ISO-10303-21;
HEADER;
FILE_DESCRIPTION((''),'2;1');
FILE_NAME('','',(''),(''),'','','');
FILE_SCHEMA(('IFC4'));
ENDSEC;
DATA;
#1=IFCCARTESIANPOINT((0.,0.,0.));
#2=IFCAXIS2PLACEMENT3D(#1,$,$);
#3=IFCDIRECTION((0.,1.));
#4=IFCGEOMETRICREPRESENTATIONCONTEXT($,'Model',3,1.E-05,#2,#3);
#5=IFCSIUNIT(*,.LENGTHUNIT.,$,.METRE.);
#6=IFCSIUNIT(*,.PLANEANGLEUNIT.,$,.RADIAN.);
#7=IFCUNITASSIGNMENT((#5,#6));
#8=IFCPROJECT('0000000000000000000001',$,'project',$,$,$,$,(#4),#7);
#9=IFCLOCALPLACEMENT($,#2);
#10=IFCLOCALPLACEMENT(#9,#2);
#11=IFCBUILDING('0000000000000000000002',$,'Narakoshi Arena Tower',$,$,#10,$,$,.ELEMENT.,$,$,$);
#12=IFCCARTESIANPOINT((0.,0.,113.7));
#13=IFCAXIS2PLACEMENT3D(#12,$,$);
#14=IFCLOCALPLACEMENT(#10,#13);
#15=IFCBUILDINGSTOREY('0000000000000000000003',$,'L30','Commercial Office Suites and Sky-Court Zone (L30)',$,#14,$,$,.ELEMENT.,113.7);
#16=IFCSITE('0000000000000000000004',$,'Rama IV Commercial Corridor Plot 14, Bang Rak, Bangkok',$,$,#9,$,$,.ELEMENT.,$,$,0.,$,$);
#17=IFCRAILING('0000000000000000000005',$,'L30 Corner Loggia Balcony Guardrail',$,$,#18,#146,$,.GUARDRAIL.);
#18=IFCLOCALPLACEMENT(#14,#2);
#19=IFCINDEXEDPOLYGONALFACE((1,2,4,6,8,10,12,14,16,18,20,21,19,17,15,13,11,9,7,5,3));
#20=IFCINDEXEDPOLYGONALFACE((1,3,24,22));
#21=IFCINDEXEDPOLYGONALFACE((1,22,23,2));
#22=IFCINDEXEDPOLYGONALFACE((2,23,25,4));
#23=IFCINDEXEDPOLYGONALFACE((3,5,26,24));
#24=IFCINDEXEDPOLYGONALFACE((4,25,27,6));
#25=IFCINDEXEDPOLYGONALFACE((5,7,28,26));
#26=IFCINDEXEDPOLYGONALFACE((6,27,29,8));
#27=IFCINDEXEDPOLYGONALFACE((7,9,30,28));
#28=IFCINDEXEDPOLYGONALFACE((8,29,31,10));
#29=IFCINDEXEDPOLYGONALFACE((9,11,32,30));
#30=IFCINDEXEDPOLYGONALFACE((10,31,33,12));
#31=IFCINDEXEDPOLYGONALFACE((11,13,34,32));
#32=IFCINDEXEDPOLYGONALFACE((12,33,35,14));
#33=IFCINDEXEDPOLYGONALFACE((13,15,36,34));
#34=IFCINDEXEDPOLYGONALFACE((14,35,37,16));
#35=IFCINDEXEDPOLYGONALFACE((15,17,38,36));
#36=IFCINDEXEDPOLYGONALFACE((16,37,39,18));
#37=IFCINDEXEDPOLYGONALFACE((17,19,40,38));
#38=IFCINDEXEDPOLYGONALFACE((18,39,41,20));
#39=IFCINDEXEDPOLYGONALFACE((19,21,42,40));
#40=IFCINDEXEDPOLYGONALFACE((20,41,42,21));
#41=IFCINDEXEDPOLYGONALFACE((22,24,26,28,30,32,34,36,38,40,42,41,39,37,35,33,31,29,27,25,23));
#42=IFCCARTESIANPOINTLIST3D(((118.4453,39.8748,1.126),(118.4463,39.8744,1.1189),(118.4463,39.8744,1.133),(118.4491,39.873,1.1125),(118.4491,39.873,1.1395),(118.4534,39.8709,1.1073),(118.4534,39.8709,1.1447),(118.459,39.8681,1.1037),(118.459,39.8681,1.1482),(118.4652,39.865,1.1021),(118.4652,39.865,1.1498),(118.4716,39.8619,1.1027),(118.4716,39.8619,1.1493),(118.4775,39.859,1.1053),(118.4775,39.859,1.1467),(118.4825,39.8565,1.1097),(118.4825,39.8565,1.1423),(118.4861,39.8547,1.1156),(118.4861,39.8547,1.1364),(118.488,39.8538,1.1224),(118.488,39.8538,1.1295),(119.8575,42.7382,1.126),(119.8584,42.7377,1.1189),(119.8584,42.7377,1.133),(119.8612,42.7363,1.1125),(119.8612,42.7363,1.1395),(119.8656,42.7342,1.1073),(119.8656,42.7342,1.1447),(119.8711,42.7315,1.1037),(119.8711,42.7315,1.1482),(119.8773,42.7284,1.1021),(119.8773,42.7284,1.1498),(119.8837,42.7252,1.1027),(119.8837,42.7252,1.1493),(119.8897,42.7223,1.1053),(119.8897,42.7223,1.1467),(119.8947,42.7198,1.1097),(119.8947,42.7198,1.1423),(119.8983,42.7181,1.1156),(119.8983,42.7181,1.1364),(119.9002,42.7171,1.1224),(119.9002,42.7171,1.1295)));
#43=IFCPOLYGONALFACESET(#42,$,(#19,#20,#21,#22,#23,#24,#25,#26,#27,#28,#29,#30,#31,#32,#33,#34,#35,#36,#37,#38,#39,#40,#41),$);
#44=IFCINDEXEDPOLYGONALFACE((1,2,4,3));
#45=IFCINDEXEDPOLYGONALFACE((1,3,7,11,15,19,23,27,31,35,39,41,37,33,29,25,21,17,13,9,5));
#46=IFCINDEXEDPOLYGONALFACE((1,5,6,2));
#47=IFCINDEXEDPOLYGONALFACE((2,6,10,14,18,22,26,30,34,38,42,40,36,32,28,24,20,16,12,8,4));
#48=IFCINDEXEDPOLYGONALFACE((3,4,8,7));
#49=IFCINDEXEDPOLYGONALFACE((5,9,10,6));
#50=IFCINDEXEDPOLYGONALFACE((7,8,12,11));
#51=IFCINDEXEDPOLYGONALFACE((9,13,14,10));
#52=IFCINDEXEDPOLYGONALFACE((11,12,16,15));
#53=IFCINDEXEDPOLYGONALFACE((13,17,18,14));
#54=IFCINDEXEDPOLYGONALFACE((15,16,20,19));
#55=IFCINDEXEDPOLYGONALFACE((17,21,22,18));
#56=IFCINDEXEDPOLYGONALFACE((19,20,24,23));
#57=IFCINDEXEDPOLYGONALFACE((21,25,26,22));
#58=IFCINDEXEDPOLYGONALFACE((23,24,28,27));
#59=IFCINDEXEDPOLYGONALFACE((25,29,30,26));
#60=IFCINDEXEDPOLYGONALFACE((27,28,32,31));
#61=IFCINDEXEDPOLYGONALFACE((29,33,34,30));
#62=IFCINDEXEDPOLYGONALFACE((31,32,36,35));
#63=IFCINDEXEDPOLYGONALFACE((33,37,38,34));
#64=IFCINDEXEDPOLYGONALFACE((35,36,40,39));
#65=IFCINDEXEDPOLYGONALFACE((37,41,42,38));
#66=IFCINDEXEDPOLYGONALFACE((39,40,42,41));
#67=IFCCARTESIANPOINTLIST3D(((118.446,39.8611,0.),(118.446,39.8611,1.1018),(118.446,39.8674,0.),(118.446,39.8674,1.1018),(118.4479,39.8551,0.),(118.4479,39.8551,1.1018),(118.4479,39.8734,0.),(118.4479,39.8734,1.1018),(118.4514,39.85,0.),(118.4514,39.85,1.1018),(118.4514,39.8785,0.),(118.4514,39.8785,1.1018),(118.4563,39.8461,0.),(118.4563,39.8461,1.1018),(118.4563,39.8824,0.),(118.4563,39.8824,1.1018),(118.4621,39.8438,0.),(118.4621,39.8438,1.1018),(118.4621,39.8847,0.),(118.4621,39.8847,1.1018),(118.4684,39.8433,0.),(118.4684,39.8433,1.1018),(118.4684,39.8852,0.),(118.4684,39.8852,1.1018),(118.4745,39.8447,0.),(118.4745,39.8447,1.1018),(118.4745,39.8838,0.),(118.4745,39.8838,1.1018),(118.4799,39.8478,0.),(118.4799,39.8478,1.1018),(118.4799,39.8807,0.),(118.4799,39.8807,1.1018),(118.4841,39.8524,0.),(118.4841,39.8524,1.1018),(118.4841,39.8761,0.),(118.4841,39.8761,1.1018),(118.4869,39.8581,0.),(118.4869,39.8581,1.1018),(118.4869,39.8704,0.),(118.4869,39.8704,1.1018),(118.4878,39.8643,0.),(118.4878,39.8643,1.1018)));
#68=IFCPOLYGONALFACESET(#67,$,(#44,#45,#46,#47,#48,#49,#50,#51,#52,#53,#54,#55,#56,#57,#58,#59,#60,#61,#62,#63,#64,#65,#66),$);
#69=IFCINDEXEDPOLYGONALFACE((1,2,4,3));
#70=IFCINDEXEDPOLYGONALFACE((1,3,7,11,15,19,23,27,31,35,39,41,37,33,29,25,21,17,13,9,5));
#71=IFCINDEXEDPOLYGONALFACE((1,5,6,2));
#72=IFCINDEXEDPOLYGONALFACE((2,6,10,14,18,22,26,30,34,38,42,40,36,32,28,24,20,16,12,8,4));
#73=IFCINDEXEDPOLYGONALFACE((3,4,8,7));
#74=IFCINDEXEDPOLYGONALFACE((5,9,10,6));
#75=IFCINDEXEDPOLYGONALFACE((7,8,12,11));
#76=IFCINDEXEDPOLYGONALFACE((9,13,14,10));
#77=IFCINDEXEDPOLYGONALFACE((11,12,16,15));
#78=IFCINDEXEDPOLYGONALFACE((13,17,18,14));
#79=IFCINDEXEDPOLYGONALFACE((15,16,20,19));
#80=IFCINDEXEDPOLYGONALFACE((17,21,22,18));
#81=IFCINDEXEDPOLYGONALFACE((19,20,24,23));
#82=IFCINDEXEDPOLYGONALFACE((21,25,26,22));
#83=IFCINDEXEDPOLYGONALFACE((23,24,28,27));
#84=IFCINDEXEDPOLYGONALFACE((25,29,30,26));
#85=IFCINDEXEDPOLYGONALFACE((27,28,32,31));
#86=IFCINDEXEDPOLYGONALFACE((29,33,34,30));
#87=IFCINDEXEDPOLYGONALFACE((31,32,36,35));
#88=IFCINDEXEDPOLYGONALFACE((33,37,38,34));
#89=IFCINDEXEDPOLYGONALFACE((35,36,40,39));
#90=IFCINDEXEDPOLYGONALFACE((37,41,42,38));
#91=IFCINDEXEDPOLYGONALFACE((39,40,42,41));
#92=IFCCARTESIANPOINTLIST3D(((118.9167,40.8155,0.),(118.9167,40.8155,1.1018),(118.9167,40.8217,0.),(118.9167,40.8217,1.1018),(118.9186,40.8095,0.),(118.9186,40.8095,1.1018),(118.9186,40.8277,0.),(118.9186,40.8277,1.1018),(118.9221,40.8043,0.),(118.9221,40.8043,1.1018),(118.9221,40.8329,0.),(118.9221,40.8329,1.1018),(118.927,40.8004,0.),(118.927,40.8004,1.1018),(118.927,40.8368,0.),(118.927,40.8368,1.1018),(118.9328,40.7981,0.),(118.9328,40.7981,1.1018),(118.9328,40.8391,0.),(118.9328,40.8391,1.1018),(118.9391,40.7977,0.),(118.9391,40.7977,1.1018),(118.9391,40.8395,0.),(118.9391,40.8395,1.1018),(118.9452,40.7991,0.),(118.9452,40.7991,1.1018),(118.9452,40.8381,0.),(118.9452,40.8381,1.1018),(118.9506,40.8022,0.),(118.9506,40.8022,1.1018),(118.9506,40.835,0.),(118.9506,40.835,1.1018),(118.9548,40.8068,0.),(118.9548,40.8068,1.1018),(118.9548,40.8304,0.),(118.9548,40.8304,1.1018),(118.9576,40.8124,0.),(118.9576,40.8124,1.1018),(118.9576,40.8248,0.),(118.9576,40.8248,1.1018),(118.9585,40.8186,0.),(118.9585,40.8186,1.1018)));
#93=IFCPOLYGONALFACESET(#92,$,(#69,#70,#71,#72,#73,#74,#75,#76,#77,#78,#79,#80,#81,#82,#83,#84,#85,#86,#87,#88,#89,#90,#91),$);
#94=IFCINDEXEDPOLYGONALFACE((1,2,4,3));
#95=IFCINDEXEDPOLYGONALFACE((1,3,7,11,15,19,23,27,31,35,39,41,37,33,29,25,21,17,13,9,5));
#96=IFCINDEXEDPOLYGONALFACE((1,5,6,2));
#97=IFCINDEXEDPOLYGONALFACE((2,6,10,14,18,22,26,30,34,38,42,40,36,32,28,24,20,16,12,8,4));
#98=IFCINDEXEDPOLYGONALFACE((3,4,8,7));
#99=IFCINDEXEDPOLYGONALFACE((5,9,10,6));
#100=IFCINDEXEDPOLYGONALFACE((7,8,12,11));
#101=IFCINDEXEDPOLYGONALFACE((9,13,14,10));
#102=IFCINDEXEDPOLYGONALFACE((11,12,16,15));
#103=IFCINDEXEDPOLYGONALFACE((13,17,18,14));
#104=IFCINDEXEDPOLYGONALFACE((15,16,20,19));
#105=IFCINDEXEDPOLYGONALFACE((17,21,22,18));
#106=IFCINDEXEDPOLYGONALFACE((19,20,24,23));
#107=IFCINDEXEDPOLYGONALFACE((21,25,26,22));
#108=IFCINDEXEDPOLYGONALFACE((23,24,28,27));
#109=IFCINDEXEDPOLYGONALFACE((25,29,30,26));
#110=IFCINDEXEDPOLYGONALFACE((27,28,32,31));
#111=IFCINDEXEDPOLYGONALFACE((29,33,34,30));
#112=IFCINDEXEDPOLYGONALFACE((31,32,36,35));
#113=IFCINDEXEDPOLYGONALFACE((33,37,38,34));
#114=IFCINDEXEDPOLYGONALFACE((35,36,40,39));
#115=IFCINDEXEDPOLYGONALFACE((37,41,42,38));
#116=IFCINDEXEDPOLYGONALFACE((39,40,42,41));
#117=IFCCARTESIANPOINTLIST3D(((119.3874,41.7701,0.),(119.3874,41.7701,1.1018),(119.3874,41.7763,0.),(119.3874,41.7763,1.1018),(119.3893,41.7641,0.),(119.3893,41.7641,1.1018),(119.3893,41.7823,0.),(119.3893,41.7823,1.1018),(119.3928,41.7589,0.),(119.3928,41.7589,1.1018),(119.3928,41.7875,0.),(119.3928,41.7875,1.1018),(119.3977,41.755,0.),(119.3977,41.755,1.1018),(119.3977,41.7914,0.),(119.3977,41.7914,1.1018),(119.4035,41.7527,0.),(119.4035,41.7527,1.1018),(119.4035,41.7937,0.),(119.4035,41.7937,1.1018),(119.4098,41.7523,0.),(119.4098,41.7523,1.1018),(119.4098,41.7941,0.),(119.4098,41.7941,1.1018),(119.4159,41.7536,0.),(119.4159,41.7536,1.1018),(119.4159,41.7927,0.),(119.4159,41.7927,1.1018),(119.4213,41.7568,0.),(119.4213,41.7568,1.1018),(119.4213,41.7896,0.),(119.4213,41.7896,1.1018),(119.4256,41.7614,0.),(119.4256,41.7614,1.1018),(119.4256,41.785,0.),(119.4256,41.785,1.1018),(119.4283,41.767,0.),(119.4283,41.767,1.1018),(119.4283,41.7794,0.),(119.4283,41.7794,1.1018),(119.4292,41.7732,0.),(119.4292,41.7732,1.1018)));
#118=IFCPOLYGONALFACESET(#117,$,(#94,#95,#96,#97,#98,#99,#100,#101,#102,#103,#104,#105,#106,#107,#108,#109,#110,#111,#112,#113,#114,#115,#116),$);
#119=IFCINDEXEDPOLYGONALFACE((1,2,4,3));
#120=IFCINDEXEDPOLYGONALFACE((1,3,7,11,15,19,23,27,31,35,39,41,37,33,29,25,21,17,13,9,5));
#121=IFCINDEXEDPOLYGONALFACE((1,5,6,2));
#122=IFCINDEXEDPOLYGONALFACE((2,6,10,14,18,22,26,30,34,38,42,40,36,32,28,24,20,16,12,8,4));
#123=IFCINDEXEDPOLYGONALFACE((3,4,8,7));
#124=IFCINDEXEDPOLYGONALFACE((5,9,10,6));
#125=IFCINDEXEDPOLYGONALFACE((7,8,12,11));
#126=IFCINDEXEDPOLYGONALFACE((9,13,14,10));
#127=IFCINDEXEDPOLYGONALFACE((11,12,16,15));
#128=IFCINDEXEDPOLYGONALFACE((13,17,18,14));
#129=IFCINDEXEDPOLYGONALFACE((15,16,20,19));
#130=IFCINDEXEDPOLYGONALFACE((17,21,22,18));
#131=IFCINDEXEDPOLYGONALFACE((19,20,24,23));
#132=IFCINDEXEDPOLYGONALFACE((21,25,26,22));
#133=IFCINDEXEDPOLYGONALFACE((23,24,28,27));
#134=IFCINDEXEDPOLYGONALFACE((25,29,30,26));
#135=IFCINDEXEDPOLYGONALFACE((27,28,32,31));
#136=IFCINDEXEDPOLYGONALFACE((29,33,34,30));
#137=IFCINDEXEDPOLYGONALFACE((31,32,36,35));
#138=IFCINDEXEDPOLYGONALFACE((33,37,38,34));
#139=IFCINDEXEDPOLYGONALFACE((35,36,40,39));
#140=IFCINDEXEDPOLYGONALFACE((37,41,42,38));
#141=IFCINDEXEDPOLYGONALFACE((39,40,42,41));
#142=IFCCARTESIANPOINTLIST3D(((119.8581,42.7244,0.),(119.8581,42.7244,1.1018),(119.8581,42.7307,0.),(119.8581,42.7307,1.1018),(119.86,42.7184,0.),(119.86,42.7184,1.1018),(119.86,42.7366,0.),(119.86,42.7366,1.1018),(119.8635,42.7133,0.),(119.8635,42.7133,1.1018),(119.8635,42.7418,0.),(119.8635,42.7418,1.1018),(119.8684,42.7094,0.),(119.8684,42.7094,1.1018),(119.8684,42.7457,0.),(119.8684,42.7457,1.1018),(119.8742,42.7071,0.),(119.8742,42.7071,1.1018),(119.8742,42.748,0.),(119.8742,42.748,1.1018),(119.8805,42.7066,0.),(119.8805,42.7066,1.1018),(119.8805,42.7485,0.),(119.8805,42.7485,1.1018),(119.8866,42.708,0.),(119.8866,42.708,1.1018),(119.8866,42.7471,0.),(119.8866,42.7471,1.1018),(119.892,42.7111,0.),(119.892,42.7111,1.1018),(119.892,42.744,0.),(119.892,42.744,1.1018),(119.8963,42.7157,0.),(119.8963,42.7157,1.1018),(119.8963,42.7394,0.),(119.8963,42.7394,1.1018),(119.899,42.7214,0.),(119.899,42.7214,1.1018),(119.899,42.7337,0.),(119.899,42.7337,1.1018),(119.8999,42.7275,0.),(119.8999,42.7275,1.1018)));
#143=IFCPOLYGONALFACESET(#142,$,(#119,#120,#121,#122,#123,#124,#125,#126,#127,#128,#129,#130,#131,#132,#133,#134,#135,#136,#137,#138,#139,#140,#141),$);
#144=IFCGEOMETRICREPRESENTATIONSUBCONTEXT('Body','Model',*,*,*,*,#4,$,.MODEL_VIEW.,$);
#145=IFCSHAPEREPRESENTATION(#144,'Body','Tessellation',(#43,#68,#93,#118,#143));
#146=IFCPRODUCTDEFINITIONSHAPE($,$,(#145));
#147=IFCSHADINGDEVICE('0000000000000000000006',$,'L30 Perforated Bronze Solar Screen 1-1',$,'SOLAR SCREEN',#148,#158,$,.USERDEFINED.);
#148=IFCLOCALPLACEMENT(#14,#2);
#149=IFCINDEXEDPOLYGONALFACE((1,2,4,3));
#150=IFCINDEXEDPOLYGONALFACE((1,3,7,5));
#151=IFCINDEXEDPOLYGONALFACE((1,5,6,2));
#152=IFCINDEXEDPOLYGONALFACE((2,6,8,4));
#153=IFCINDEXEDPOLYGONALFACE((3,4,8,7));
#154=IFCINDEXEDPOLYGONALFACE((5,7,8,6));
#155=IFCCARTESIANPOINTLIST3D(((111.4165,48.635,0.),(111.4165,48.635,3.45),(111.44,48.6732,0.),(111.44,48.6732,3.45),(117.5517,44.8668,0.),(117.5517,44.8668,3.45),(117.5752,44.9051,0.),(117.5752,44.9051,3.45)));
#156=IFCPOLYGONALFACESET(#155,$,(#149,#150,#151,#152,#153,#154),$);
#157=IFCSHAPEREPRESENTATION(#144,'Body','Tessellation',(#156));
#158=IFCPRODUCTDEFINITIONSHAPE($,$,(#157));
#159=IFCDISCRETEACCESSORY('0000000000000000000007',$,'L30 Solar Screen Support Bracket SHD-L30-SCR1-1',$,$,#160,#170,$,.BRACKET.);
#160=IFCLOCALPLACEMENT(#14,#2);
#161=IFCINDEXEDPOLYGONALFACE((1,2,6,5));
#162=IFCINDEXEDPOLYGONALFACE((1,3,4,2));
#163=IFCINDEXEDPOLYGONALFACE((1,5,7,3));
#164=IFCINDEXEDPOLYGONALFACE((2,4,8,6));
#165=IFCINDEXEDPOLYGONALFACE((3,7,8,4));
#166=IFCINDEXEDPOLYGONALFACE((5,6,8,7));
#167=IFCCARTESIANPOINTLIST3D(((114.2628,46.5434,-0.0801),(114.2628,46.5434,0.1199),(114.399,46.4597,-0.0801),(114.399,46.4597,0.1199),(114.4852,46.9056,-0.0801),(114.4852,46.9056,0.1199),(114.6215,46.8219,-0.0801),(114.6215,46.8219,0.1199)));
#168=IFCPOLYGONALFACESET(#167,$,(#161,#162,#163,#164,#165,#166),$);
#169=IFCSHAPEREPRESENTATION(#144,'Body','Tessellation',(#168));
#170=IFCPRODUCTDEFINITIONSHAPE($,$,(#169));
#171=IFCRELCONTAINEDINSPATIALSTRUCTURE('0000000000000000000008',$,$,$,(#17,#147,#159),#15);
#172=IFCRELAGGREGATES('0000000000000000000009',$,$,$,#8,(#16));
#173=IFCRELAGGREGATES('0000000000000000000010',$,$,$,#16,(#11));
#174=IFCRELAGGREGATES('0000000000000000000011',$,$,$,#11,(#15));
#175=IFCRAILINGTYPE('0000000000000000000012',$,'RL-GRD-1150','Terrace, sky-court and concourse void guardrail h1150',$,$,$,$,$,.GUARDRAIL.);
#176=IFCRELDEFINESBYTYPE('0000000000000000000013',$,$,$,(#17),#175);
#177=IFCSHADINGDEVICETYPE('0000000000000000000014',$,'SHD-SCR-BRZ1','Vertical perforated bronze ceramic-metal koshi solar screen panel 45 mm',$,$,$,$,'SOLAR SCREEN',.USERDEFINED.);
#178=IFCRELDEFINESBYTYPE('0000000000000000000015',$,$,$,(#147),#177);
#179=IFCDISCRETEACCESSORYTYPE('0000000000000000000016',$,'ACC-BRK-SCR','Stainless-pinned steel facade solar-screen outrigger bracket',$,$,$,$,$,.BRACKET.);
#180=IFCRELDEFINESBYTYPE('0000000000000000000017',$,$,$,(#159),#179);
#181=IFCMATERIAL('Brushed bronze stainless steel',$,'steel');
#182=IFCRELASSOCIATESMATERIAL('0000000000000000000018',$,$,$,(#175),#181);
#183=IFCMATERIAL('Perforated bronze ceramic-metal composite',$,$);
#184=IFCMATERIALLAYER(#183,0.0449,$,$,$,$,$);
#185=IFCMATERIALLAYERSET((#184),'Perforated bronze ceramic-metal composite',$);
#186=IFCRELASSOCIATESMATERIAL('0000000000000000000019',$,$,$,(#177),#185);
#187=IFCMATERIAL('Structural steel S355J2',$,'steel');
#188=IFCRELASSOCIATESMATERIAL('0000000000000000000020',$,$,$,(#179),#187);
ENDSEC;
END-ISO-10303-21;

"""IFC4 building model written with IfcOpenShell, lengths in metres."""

from ifc_helpers import new_model, si_unit, direction, frame, origin, origin_2d, place, context, subcontext, project, spatial, rectangle, circle, extrude, material, layer, layer_set, type_object, element, save


model = new_model("IFC4")

# Units and contexts
model_context = context("Model", 3, precision=1e-05, world=origin(), true_north=direction((0.0, 1.0)))
body_context = subcontext(model_context, "Body", "Model", "MODEL_VIEW")
ifc_project = project(units=[si_unit("LENGTHUNIT", "METRE"), si_unit("PLANEANGLEUNIT", "RADIAN")], contexts=[model_context])

# Site, building, storey
site_placement = place(None, origin())
site = spatial("IfcSite", under=ifc_project, at=site_placement, Name="Rama IV Commercial Corridor Plot 14, Bang Rak, Bangkok", CompositionType="ELEMENT", RefElevation=0.0)
building_placement = place(site_placement, origin())
building = spatial("IfcBuilding", under=site, at=building_placement, Name="Narakoshi Arena Tower", CompositionType="ELEMENT")
storey_placement = place(building_placement, frame((0.0, 0.0, 113.7)))
storey = spatial("IfcBuildingStorey", under=building, at=storey_placement, Name="L30", Description="Commercial Office Suites and Sky-Court Zone (L30)", CompositionType="ELEMENT", Elevation=113.7)

# Shared definitions
ifc_material_1 = material(Name="Structural steel S355J2", Category="steel")

# Railing
ifc_material_2 = material(Name="Brushed bronze stainless steel", Category="steel")
railing_type = type_object("IfcRailingType", Name="RL-GRD-1150", Description="Terrace, sky-court and concourse void guardrail h1150", PredefinedType="GUARDRAIL", material=ifc_material_2)
railing_placement = place(storey_placement, frame((118.4668, 39.8643, 0.0)))
element("IfcRailing", 1, at=railing_placement, inside=storey, type_object=railing_type, Name="L30 Corner Loggia Balcony Guardrail", PredefinedType="GUARDRAIL", context=body_context, shape_type="SweptSolid", body=[
    extrude(circle(Radius=0.0239, at=origin_2d()), frame((0.0, 0.0, 1.126), z_axis=(0.442313, 0.896861, 0.0), x_axis=(-0.896861, 0.442313, 0.0)), (0.0, 0.0, 1.0), 3.1926),
    extrude(circle(Radius=0.021, at=origin_2d()), origin(), (0.0, 0.0, 1.0), 1.1018),
    extrude(circle(Radius=0.021, at=origin_2d()), frame((0.4707, 0.9543, 0.0)), (0.0, 0.0, 1.0), 1.1018),
    extrude(circle(Radius=0.021, at=origin_2d()), frame((0.9414, 1.9089, 0.0)), (0.0, 0.0, 1.0), 1.1018),
    extrude(circle(Radius=0.021, at=origin_2d()), frame((1.4121, 2.8633, 0.0)), (0.0, 0.0, 1.0), 1.1018),
])

# Shading device
ifc_material_3 = material(Name="Perforated bronze ceramic-metal composite")
ifc_layer_1 = layer(ifc_material_3, 0.0449)
ifc_layer_set_1 = layer_set([ifc_layer_1], Name="Perforated bronze ceramic-metal composite")
shading_device_type = type_object("IfcShadingDeviceType", Name="SHD-SCR-BRZ1", Description="Vertical perforated bronze ceramic-metal koshi solar screen panel 45 mm", ElementType="SOLAR SCREEN", PredefinedType="USERDEFINED", material=ifc_layer_set_1)
shading_device_placement = place(storey_placement, frame((114.4958, 46.77, 0.0), z_axis=(0.0, 0.0, 1.0), x_axis=(-0.852111, 0.523361, 0.0)))
element("IfcShadingDevice", 2, at=shading_device_placement, inside=storey, type_object=shading_device_type, Name="L30 Perforated Bronze Solar Screen 1-1", ObjectType="SOLAR SCREEN", PredefinedType="USERDEFINED", context=body_context, shape_type="SweptSolid", body=[
    extrude(rectangle(XDim=7.2, YDim=0.0449, at=origin_2d()), origin(), (0.0, 0.0, 1.0), 3.45),
])

# Discrete accessory
discrete_accessory_type = type_object("IfcDiscreteAccessoryType", Name="ACC-BRK-SCR", Description="Stainless-pinned steel facade solar-screen outrigger bracket", PredefinedType="BRACKET", material=ifc_material_1)
discrete_accessory_placement = place(storey_placement, frame((114.4421, 46.6826, -0.0801), z_axis=(0.0, 0.0, 1.0), x_axis=(-0.852111, 0.523361, 0.0)))
element("IfcDiscreteAccessory", 3, at=discrete_accessory_placement, inside=storey, type_object=discrete_accessory_type, Name="L30 Solar Screen Support Bracket SHD-L30-SCR1-1", PredefinedType="BRACKET", context=body_context, shape_type="SweptSolid", body=[
    extrude(rectangle(XDim=0.1599, YDim=0.425, at=origin_2d()), origin(), (0.0, 0.0, 1.0), 0.2),
])

save(model, "model.ifc")
